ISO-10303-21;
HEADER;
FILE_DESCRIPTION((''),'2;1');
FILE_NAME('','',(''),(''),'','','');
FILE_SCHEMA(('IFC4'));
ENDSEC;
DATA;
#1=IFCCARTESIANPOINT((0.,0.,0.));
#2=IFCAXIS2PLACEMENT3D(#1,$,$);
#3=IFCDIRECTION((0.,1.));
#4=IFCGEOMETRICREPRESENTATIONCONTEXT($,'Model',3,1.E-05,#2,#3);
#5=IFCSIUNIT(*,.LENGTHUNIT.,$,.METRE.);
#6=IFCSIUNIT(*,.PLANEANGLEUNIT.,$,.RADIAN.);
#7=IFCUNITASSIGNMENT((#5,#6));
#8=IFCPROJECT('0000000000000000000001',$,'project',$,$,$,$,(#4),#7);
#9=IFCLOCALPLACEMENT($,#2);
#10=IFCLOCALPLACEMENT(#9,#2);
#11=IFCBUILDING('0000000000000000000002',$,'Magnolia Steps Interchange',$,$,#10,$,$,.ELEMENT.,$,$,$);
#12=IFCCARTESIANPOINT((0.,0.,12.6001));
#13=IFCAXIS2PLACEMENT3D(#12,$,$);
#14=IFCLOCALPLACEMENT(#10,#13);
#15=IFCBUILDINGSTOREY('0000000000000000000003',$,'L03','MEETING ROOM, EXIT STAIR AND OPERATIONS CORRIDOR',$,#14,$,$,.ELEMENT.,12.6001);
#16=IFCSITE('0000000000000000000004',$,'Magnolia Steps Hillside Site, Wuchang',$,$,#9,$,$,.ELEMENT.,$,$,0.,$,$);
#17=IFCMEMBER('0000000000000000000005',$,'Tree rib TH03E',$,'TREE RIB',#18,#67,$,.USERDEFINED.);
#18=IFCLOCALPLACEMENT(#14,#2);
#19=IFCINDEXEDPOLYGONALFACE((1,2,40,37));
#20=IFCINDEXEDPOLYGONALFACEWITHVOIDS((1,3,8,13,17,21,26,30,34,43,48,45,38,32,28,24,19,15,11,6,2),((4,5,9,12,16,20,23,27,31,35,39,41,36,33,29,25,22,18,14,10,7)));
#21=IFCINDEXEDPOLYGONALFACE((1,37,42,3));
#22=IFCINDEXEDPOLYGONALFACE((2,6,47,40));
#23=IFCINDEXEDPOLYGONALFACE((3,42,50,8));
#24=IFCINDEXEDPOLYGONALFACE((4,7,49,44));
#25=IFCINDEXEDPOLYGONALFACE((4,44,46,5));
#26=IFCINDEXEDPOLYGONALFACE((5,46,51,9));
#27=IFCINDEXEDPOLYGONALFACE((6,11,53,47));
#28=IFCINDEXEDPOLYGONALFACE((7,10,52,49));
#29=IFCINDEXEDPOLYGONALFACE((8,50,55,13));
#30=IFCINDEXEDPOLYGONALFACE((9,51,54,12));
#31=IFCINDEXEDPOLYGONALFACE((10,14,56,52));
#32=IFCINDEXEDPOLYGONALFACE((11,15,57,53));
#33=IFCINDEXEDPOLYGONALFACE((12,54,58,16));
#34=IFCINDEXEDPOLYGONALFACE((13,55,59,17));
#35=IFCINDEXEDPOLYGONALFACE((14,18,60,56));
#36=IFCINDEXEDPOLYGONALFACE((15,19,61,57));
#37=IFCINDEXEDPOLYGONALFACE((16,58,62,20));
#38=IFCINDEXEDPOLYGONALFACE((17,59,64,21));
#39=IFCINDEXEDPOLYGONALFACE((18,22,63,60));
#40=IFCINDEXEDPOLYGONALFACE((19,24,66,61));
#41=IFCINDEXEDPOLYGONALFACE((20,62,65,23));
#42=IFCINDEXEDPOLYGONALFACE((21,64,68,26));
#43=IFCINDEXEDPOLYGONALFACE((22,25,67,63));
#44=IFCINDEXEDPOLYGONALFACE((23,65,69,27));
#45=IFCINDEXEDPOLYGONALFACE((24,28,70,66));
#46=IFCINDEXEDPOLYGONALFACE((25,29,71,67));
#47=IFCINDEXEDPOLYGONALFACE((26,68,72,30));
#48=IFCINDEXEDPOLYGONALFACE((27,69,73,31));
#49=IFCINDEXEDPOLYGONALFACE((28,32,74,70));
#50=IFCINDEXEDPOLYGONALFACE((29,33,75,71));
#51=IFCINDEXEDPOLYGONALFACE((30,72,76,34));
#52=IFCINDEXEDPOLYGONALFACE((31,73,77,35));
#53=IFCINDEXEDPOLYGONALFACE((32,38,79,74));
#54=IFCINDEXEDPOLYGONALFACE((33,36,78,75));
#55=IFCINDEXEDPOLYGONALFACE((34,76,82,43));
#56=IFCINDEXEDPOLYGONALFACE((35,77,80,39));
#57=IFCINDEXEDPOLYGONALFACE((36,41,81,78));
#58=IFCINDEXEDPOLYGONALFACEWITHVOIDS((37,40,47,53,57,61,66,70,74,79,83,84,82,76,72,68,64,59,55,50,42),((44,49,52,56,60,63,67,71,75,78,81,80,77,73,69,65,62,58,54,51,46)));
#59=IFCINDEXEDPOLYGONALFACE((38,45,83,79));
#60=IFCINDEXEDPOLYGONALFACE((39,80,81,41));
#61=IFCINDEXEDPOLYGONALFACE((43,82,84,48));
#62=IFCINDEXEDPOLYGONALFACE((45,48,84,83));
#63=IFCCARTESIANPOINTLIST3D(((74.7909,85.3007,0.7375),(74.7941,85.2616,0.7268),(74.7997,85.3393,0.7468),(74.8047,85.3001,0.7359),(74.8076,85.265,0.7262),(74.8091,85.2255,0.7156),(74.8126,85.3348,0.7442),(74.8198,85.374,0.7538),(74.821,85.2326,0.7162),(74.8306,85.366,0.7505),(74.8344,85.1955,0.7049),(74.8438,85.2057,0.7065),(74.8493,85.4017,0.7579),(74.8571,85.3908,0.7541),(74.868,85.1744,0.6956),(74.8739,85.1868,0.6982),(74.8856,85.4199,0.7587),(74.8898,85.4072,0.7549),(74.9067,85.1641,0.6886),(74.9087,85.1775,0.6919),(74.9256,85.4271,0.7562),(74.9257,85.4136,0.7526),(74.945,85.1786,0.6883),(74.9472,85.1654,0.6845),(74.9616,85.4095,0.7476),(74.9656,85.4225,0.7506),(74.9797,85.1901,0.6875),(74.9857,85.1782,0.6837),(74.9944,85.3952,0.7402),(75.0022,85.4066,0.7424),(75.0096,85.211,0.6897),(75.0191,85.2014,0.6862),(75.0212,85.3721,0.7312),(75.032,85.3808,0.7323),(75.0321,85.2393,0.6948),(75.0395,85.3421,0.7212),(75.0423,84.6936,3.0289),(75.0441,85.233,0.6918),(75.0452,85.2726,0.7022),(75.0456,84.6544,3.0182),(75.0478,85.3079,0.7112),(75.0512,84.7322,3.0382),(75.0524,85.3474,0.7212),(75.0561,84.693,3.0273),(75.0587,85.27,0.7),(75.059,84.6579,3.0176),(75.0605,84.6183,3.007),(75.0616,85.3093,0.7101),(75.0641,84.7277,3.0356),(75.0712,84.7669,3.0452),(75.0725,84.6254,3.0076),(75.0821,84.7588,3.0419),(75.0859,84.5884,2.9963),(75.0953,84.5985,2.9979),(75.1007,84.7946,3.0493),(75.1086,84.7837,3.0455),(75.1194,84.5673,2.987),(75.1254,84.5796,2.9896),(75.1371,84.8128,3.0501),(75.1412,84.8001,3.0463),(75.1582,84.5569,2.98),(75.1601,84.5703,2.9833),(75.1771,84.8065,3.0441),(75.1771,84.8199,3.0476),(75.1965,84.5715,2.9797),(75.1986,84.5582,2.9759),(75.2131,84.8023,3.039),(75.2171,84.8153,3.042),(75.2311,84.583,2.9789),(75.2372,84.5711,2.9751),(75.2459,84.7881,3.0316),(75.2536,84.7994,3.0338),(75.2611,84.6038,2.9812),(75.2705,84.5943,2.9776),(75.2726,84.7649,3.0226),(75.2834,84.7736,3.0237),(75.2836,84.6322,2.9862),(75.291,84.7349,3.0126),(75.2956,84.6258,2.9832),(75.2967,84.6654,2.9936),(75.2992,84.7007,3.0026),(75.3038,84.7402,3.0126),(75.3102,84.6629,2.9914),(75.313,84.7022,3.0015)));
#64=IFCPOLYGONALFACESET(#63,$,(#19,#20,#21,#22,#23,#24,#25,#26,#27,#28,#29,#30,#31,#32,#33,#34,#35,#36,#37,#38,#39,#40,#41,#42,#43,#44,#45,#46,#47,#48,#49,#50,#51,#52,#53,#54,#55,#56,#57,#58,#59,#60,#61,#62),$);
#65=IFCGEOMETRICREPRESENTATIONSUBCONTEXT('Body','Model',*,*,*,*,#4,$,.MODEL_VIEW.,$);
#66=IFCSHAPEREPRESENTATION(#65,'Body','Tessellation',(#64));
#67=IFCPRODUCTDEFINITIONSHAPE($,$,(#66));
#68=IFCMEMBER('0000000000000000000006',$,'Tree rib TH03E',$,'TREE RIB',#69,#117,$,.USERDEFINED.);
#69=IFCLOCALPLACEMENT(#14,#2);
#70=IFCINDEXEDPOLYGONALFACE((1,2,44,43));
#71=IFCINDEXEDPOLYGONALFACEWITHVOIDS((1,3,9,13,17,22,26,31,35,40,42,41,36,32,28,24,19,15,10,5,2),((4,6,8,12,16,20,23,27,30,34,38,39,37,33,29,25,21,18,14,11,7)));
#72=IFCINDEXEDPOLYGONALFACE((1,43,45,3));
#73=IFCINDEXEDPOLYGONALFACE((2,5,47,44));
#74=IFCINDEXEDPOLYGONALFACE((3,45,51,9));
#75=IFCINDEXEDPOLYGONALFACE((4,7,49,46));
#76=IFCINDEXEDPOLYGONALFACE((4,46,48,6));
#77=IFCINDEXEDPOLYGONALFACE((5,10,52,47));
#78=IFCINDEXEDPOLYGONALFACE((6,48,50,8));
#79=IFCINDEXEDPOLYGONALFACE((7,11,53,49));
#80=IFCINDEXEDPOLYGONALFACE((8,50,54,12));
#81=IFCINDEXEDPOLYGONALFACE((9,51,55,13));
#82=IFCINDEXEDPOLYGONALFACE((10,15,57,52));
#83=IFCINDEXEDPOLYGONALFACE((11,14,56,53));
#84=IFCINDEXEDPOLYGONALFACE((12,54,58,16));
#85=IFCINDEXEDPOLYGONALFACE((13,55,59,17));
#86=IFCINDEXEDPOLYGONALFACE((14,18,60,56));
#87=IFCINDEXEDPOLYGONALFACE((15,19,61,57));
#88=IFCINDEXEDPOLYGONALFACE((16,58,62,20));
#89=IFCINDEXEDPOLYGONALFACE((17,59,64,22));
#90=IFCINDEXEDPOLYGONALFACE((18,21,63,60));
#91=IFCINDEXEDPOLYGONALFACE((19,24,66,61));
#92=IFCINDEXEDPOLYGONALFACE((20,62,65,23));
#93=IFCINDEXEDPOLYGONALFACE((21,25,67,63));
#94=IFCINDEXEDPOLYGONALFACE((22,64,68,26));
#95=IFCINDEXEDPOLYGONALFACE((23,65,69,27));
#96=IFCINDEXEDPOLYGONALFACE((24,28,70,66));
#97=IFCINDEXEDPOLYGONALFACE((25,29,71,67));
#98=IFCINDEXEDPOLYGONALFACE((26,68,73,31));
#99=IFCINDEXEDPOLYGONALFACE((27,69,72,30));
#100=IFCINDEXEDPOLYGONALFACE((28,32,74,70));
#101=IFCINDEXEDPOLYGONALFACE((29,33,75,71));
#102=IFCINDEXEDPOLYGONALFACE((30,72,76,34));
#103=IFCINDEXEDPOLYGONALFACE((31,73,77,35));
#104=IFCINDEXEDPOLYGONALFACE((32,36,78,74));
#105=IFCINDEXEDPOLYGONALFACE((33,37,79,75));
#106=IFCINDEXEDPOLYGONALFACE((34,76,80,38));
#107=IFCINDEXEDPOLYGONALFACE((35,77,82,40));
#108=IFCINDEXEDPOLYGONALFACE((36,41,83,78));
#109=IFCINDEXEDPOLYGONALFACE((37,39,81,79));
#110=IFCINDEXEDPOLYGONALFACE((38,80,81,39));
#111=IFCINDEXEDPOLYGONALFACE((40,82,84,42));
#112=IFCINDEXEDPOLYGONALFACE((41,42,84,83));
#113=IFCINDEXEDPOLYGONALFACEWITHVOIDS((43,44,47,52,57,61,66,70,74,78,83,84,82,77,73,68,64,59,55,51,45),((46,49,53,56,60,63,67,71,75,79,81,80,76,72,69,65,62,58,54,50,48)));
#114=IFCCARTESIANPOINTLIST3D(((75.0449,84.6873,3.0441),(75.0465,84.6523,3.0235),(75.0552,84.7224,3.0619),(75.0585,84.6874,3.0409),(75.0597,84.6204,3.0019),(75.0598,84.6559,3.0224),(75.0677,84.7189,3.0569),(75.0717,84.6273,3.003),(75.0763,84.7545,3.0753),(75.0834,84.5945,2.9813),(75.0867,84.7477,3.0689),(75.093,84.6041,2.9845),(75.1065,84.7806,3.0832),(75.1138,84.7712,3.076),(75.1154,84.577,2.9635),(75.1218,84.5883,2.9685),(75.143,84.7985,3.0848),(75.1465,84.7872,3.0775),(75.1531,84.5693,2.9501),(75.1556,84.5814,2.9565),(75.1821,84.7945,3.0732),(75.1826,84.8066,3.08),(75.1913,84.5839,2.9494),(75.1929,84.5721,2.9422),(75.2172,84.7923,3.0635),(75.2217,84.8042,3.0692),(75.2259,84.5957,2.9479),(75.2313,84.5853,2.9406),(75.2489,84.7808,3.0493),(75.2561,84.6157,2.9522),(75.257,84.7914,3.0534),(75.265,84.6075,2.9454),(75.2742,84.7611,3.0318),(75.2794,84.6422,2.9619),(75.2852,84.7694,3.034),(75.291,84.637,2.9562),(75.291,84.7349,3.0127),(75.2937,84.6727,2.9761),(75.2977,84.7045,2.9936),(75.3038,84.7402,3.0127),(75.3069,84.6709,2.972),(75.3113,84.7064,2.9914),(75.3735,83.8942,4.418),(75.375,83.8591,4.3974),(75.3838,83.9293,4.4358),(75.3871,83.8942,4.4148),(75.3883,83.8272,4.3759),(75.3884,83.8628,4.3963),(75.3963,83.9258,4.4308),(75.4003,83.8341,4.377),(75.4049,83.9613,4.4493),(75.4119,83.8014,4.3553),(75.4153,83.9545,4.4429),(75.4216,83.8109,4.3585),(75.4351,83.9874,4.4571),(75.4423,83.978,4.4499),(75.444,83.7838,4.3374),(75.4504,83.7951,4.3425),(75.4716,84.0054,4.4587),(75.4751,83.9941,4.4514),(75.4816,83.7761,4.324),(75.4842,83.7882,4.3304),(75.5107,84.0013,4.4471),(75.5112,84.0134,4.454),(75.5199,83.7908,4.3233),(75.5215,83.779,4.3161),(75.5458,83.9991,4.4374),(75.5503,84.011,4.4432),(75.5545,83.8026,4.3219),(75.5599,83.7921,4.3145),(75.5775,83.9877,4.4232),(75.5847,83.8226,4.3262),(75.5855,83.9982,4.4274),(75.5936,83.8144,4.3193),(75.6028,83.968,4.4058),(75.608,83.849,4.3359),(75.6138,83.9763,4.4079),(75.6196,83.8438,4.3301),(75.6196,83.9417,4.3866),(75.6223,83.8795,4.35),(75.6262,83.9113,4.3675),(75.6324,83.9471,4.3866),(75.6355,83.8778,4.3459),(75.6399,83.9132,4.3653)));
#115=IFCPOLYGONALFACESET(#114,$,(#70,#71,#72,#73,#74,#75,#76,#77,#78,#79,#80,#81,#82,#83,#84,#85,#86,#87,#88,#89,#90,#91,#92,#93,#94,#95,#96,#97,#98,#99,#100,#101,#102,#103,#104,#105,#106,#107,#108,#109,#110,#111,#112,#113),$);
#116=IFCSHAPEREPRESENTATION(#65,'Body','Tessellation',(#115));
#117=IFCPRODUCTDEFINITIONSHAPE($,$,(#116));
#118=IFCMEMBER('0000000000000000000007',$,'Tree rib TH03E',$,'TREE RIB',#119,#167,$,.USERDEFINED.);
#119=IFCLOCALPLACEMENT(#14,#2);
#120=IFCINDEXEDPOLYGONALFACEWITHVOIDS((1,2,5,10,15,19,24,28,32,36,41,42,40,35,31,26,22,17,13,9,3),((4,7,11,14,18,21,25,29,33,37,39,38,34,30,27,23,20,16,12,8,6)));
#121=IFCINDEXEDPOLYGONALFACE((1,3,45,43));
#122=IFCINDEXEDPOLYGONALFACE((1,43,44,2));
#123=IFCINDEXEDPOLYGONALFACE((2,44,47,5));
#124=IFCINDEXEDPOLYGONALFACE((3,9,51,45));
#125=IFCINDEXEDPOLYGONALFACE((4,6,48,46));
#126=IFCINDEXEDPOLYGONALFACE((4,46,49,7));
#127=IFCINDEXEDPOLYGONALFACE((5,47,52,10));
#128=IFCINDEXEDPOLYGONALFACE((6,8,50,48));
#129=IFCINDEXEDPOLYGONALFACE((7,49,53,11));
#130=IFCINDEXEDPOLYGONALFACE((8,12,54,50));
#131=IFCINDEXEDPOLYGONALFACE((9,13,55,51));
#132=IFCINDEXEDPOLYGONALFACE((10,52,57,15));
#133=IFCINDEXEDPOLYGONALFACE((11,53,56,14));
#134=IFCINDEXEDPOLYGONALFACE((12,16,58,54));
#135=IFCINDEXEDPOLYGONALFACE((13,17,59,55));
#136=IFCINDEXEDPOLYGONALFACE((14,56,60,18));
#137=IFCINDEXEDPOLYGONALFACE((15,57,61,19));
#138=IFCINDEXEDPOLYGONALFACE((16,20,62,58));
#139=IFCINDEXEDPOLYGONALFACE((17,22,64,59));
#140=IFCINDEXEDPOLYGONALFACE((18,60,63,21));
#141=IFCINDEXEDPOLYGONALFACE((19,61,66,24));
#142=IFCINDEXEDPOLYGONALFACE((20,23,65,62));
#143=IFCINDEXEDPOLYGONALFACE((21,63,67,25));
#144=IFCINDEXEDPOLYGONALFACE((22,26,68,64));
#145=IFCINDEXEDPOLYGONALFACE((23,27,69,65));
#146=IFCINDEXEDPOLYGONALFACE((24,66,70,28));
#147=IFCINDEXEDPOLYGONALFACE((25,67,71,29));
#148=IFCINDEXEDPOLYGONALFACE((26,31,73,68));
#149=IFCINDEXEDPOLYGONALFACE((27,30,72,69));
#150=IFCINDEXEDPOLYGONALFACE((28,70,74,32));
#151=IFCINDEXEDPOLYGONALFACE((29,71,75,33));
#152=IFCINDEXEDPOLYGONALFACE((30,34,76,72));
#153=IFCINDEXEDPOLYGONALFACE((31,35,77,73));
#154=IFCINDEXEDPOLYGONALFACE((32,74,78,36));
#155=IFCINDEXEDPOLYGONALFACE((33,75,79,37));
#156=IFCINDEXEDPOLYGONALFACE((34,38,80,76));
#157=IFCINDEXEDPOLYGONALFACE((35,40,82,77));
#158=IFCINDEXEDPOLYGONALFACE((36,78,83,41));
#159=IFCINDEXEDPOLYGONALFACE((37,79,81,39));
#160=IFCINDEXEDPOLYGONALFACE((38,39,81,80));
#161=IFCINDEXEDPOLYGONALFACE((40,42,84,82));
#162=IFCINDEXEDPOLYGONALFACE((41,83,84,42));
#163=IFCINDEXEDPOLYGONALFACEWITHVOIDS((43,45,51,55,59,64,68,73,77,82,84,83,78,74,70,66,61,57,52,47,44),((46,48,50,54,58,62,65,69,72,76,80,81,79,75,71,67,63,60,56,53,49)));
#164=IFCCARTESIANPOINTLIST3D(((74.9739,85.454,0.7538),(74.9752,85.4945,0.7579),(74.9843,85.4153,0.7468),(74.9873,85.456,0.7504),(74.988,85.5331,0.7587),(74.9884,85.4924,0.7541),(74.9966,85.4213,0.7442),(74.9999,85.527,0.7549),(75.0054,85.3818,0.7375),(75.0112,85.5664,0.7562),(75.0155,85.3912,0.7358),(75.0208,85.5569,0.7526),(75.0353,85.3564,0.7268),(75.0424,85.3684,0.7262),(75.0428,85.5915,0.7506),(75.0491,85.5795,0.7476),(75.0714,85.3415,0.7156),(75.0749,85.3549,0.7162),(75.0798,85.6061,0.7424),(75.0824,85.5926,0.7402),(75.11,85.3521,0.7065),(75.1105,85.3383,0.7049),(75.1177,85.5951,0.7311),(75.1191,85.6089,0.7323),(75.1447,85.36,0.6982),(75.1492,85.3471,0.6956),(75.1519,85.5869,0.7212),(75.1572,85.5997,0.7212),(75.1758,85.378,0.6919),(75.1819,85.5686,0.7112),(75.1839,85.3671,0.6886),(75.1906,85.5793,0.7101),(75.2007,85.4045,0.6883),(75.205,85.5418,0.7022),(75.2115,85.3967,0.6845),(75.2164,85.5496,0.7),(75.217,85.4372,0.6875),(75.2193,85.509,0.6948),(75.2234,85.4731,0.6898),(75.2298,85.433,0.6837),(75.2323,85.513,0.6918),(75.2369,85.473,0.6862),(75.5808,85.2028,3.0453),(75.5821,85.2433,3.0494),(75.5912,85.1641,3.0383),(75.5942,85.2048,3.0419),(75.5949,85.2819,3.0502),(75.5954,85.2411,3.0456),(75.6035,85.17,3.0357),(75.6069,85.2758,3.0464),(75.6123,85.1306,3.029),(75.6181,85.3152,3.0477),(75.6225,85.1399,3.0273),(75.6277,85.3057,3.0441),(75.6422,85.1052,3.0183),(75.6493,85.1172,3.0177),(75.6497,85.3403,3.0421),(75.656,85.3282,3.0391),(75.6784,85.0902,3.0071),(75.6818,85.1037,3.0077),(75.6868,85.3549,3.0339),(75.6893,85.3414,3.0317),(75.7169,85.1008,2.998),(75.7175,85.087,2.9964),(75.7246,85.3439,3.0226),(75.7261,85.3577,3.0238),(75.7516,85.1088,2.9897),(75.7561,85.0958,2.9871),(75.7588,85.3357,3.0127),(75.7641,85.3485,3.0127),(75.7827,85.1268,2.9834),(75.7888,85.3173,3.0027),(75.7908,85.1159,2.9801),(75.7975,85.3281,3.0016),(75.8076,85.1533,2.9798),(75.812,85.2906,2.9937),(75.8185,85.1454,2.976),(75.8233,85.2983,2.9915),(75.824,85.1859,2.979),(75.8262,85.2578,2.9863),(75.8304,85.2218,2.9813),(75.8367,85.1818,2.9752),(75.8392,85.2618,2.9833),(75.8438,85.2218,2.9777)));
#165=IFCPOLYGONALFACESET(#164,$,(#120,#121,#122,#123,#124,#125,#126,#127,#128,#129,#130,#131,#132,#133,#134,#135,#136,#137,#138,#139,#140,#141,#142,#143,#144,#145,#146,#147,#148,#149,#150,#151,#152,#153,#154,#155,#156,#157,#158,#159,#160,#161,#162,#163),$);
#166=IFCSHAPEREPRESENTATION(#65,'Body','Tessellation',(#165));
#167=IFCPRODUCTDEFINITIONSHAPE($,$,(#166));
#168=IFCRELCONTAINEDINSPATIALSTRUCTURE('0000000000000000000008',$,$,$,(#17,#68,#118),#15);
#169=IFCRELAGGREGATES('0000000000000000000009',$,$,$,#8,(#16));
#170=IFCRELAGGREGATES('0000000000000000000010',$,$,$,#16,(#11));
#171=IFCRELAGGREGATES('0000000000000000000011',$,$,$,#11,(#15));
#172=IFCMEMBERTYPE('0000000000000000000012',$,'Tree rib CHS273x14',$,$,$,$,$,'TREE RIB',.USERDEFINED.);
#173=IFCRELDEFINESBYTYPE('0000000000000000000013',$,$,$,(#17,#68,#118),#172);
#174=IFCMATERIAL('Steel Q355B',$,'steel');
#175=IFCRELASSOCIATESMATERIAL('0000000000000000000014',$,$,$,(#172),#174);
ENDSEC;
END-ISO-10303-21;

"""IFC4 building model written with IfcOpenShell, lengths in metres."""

from ifc_helpers import new_model, si_unit, direction, frame, origin, origin_2d, place, context, subcontext, project, spatial, hollow_circle, extrude, material, material_profile, profile_set, type_object, element, save


model = new_model("IFC4")

# Units and contexts
model_context = context("Model", 3, precision=1e-05, world=origin(), true_north=direction((0.0, 1.0)))
body_context = subcontext(model_context, "Body", "Model", "MODEL_VIEW")
ifc_project = project(units=[si_unit("LENGTHUNIT", "METRE"), si_unit("PLANEANGLEUNIT", "RADIAN")], contexts=[model_context])

# Site, building, storey
site_placement = place(None, origin())
site = spatial("IfcSite", under=ifc_project, at=site_placement, Name="Magnolia Steps Hillside Site, Wuchang", CompositionType="ELEMENT", RefElevation=0.0)
building_placement = place(site_placement, origin())
building = spatial("IfcBuilding", under=site, at=building_placement, Name="Magnolia Steps Interchange", CompositionType="ELEMENT")
storey_placement = place(building_placement, frame((0.0, 0.0, 12.6001)))
storey = spatial("IfcBuildingStorey", under=building, at=storey_placement, Name="L03", Description="MEETING ROOM, EXIT STAIR AND OPERATIONS CORRIDOR", CompositionType="ELEMENT", Elevation=12.6001)

# Members
ifc_material_1 = material(Name="Steel Q355B", Category="steel")
ifc_material_profile_1 = material_profile(ifc_material_1, hollow_circle(Radius=0.1365, WallThickness=0.0139, at=origin_2d()), Name="CHS273x14")
ifc_profile_set_1 = profile_set([ifc_material_profile_1], Name="Steel Q355B")
member_type_1 = type_object("IfcMemberType", Name="Tree rib CHS273x14", ElementType="TREE RIB", PredefinedType="USERDEFINED", material=ifc_profile_set_1)
member_1_placement = place(storey_placement, frame((74.9263, 85.2952, 0.7212), z_axis=(0.105485, -0.254701, 0.961249), x_axis=(0.923899, 0.382636, 0.0)))
element("IfcMember", 1, at=member_1_placement, inside=storey, type_object=member_type_1, Name="Tree rib TH03E", ObjectType="TREE RIB", PredefinedType="USERDEFINED", context=body_context, shape_type="SweptSolid", body=[
    extrude(hollow_circle(Radius=0.1365, WallThickness=0.0139, at=origin_2d()), origin(), (0.0, 0.0, 1.0), 2.3838),
])
member_2_placement = place(storey_placement, frame((75.1777, 84.688, 3.0127), z_axis=(0.20282, -0.489571, 0.848047), x_axis=(0.923857, 0.382737, 0.0)))
element("IfcMember", 2, at=member_2_placement, inside=storey, type_object=member_type_1, Name="Tree rib TH03E", ObjectType="TREE RIB", PredefinedType="USERDEFINED", context=body_context, shape_type="SweptSolid", body=[
    extrude(hollow_circle(Radius=0.1365, WallThickness=0.0139, at=origin_2d()), origin(), (0.0, 0.0, 1.0), 1.6201),
])
member_3_placement = place(storey_placement, frame((75.105, 85.4736, 0.7212), z_axis=(0.254608, -0.105387, 0.961285), x_axis=(0.38245, 0.923976, 0.0)))
element("IfcMember", 3, at=member_3_placement, inside=storey, type_object=member_type_1, Name="Tree rib TH03E", ObjectType="TREE RIB", PredefinedType="USERDEFINED", context=body_context, shape_type="SweptSolid", body=[
    extrude(hollow_circle(Radius=0.1365, WallThickness=0.0139, at=origin_2d()), origin(), (0.0, 0.0, 1.0), 2.3838),
])

save(model, "model.ifc")
